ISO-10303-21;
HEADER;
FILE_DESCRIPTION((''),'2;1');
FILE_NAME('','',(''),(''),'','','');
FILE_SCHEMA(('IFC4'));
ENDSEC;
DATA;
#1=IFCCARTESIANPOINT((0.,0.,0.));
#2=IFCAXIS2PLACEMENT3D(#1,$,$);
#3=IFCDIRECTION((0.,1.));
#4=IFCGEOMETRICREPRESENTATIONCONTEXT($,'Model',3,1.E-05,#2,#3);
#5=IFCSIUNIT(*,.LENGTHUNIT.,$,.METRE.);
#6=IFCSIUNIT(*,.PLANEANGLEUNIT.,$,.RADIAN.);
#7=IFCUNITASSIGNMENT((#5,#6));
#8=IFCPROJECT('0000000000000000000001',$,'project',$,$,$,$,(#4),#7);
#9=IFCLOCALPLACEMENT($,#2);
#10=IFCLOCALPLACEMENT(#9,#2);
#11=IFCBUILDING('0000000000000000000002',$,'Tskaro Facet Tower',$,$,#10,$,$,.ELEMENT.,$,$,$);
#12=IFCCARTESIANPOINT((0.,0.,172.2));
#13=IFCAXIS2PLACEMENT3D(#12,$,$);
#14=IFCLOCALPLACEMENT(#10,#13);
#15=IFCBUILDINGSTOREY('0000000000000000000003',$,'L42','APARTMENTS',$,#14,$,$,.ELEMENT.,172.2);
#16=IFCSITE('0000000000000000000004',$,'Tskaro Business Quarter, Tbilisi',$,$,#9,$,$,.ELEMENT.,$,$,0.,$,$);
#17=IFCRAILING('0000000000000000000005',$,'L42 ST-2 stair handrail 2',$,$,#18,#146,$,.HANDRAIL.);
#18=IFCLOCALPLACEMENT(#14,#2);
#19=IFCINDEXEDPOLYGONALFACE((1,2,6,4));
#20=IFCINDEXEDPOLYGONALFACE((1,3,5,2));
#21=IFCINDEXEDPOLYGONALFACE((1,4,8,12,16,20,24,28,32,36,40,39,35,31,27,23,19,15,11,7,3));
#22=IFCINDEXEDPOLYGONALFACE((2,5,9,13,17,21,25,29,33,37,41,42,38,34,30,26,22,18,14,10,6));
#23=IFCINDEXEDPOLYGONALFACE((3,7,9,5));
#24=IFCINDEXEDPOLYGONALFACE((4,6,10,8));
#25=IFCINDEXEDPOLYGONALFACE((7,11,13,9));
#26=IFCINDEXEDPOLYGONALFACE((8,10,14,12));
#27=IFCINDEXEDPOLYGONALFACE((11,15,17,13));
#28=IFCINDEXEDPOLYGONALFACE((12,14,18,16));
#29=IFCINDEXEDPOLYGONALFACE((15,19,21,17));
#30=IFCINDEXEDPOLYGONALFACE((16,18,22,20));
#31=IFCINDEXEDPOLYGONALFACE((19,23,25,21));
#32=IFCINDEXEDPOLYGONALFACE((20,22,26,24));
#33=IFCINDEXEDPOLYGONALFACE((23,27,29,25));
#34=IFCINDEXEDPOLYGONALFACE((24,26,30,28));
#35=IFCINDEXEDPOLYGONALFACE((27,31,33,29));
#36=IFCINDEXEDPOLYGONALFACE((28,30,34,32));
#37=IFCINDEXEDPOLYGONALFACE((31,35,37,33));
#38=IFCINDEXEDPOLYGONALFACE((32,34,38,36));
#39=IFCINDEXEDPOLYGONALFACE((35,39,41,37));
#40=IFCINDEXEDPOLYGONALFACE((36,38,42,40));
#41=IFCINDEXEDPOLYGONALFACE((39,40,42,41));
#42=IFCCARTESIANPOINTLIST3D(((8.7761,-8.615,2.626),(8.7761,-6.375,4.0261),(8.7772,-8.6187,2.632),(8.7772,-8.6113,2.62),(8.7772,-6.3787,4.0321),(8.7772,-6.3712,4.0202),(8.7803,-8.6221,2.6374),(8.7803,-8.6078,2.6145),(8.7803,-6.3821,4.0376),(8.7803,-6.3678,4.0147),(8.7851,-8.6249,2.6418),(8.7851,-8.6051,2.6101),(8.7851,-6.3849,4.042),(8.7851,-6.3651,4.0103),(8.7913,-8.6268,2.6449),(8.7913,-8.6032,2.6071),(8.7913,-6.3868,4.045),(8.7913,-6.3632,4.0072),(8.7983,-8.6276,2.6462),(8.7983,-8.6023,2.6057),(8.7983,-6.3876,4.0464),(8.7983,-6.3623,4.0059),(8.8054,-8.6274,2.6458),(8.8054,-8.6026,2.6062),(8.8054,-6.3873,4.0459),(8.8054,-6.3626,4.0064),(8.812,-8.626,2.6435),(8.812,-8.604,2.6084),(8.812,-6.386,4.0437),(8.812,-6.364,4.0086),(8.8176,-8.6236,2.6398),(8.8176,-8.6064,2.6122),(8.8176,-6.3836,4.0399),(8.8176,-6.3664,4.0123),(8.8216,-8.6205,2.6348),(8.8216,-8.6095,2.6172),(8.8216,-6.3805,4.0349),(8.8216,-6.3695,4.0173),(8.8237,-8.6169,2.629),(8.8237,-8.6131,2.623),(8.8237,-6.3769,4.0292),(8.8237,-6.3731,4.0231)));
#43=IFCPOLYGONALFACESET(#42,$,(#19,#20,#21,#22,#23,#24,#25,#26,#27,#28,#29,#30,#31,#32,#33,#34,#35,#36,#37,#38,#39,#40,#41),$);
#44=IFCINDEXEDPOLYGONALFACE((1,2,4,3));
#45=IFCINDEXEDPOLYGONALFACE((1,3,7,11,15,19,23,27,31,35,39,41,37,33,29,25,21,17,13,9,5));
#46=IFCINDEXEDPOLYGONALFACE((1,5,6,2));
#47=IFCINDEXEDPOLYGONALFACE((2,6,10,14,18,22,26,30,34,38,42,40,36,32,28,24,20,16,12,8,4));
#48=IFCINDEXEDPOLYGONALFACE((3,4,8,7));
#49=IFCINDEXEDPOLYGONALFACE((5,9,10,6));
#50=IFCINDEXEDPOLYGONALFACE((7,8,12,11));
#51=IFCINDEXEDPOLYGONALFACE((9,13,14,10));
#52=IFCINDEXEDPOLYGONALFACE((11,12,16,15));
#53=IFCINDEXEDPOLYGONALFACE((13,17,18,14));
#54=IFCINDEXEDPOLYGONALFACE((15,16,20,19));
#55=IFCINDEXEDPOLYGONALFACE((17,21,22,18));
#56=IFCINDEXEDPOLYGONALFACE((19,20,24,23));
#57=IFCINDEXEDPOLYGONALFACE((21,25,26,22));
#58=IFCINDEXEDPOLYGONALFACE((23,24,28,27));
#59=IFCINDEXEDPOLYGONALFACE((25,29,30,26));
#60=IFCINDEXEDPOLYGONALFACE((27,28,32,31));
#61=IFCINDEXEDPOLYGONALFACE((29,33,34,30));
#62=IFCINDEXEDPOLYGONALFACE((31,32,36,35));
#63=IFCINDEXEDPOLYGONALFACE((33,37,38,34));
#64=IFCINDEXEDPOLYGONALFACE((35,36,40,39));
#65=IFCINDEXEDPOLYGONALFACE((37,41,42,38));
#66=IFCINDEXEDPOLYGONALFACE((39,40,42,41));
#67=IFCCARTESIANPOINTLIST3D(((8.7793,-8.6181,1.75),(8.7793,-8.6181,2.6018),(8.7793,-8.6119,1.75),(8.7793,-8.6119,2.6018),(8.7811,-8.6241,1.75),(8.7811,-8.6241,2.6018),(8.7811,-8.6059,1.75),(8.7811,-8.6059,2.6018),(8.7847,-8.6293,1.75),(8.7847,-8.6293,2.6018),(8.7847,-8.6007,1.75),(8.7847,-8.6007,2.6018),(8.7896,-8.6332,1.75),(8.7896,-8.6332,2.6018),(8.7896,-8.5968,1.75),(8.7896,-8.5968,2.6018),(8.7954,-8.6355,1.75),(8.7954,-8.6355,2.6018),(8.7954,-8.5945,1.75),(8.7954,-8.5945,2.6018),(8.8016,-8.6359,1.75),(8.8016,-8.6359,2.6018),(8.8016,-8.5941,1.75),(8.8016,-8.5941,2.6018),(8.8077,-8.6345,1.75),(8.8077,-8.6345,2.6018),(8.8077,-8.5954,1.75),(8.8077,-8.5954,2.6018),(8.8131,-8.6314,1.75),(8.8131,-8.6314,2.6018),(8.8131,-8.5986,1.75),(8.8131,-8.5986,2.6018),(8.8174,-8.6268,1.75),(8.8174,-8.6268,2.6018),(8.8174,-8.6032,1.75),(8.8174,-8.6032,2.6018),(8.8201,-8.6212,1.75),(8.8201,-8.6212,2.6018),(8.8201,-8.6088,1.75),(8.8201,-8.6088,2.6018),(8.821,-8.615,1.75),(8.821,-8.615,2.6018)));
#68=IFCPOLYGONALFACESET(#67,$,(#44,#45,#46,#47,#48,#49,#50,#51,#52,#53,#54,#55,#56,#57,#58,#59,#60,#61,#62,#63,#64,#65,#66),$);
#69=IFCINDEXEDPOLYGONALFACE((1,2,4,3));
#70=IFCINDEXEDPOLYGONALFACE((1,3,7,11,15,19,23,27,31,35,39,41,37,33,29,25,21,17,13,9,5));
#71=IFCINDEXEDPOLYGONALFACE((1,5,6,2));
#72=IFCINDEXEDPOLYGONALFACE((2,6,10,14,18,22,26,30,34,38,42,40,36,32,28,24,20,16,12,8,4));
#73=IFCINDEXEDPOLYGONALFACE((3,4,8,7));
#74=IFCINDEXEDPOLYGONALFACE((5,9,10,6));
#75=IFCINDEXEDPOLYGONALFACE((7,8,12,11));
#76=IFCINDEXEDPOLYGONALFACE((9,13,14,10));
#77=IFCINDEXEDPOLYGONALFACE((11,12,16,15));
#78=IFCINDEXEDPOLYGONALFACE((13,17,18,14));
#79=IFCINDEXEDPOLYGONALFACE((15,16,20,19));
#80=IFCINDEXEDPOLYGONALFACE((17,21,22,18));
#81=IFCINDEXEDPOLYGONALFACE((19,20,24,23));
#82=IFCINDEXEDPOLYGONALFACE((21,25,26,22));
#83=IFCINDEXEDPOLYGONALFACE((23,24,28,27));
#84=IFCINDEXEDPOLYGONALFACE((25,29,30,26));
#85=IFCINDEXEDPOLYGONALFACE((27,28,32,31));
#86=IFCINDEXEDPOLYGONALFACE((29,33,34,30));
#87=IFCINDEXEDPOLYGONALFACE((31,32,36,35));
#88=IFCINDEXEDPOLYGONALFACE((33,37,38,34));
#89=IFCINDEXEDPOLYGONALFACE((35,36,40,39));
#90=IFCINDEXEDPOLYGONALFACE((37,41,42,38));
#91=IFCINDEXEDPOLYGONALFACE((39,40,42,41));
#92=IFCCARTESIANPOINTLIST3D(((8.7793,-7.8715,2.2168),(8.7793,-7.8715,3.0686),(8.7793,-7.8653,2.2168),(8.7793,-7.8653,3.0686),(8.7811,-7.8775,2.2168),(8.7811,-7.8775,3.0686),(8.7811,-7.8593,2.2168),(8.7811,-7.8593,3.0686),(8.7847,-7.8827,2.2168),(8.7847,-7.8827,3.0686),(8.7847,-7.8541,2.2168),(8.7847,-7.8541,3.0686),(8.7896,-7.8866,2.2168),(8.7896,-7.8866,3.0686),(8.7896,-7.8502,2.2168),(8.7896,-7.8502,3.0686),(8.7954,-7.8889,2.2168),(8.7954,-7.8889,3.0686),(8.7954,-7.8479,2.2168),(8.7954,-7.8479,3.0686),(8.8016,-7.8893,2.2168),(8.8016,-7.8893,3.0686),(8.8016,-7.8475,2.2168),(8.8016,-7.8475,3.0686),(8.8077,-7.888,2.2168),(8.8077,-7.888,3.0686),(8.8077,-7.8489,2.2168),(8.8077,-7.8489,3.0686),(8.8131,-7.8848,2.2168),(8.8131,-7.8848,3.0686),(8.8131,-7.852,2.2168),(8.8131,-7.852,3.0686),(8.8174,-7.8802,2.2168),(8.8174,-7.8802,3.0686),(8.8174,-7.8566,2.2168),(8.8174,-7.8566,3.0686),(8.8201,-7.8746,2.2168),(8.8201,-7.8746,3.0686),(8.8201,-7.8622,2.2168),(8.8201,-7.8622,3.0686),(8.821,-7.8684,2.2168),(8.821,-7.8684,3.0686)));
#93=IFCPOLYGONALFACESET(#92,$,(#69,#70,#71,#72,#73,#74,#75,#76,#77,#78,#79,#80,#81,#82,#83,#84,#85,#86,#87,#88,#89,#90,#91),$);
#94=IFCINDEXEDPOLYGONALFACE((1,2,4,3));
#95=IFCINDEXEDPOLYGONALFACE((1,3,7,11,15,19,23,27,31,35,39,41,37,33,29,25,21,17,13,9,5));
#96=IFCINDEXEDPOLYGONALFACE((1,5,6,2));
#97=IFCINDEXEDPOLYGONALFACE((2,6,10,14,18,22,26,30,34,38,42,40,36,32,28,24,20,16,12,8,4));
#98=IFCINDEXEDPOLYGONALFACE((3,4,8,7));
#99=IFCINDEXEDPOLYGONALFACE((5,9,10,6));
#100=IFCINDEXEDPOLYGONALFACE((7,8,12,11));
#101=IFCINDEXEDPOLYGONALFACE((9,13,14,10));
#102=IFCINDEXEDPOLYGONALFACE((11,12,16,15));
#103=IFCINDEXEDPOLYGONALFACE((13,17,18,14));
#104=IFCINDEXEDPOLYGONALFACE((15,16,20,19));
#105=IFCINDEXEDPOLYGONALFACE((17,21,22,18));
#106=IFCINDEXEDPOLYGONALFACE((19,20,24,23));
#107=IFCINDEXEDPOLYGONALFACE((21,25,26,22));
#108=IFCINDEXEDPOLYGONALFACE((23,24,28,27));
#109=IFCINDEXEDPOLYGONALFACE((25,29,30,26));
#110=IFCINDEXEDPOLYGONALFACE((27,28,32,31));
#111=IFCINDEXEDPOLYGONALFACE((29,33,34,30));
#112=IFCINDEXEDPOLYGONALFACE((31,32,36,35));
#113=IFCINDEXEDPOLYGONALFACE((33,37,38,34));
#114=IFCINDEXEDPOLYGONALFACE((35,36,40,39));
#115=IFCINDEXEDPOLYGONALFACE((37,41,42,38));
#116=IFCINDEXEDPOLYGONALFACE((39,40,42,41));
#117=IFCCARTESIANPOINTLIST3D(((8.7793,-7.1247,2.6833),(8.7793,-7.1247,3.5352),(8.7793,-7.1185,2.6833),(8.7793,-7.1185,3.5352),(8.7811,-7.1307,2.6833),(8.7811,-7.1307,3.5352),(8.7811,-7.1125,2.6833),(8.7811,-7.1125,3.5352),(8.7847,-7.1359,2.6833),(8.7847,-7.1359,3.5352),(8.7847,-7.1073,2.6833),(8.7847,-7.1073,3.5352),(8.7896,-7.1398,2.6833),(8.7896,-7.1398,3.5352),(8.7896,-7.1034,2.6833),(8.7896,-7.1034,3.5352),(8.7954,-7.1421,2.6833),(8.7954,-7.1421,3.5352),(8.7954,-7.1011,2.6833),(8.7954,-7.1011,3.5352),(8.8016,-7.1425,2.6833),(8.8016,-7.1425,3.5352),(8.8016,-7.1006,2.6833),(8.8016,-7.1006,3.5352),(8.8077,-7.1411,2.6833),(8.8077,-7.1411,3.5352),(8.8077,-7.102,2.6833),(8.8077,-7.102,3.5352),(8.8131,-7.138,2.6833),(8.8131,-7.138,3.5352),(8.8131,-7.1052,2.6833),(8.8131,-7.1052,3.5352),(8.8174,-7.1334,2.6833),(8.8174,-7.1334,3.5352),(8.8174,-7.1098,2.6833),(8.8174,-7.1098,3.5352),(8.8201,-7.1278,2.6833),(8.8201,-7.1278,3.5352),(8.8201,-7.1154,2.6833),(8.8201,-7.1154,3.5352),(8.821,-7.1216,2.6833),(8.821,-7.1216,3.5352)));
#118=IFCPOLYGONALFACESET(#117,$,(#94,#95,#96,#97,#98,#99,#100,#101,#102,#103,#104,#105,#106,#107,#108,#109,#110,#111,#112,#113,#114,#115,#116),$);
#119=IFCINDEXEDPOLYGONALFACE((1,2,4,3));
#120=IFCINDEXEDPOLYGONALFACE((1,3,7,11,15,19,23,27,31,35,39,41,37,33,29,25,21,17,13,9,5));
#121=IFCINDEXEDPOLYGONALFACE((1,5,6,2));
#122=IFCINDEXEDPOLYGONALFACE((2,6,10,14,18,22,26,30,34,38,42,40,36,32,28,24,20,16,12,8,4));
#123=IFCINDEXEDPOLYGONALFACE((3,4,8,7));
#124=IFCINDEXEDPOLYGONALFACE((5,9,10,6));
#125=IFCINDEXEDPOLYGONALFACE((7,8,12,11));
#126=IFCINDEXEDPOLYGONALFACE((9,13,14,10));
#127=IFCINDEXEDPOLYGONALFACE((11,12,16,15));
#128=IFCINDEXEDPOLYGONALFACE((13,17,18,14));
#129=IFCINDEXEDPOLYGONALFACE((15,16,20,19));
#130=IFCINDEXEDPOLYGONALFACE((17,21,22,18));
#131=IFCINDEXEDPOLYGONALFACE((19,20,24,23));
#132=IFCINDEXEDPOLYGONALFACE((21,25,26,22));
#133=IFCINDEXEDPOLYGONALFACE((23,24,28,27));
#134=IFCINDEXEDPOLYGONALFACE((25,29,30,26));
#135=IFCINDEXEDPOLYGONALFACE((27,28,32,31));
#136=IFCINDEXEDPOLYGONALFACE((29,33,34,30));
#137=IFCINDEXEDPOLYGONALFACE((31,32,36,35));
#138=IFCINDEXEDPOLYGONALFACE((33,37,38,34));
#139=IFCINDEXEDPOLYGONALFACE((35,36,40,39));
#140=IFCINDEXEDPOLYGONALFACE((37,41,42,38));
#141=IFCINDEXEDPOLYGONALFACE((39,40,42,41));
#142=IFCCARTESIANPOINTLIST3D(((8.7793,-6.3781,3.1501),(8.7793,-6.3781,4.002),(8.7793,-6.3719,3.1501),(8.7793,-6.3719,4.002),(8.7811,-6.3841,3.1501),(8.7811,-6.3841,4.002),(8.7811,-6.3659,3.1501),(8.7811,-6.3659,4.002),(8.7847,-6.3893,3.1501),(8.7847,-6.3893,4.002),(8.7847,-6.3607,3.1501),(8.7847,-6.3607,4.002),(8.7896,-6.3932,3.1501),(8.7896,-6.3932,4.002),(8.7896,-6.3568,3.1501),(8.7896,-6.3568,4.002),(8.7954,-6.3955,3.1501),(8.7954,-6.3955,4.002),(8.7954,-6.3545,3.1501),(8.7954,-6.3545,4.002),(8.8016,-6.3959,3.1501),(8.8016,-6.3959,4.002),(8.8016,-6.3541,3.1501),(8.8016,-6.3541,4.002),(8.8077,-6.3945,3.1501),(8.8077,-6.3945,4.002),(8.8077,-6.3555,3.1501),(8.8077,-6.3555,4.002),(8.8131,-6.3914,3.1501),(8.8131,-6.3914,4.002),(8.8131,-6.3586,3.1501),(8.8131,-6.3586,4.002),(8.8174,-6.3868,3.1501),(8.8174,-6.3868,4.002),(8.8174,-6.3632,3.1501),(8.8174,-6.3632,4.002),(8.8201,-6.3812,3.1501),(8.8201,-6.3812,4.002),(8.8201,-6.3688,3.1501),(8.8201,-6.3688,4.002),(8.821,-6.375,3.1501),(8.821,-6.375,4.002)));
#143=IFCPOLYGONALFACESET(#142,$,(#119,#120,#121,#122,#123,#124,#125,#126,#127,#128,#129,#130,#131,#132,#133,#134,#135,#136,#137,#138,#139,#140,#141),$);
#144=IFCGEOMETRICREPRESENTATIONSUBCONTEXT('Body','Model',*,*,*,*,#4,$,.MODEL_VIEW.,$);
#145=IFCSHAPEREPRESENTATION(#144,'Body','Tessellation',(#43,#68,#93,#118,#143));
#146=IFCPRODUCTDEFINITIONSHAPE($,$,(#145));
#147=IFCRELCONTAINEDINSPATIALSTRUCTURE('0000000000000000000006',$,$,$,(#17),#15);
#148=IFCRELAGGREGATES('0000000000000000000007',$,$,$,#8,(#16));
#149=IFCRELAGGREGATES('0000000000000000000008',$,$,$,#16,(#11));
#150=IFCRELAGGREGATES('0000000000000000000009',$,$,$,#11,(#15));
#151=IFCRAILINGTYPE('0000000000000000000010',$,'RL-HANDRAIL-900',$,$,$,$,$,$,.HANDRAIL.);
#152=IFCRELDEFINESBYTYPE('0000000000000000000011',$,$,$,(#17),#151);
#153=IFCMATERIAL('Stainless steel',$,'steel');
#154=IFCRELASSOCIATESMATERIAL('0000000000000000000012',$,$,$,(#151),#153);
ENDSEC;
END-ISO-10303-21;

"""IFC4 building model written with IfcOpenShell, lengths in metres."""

from ifc_helpers import new_model, si_unit, direction, frame, origin, origin_2d, place, context, subcontext, project, spatial, circle, extrude, material, type_object, element, save


model = new_model("IFC4")

# Units and contexts
model_context = context("Model", 3, precision=1e-05, world=origin(), true_north=direction((0.0, 1.0)))
body_context = subcontext(model_context, "Body", "Model", "MODEL_VIEW")
ifc_project = project(units=[si_unit("LENGTHUNIT", "METRE"), si_unit("PLANEANGLEUNIT", "RADIAN")], contexts=[model_context])

# Site, building, storey
site_placement = place(None, origin())
site = spatial("IfcSite", under=ifc_project, at=site_placement, Name="Tskaro Business Quarter, Tbilisi", CompositionType="ELEMENT", RefElevation=0.0)
building_placement = place(site_placement, origin())
building = spatial("IfcBuilding", under=site, at=building_placement, Name="Tskaro Facet Tower", CompositionType="ELEMENT")
storey_placement = place(building_placement, frame((0.0, 0.0, 172.2)))
storey = spatial("IfcBuildingStorey", under=building, at=storey_placement, Name="L42", Description="APARTMENTS", CompositionType="ELEMENT", Elevation=172.2)

# Shared definitions
ifc_material_1 = material(Name="Stainless steel", Category="steel")

# Railing
railing_type_1 = type_object("IfcRailingType", Name="RL-HANDRAIL-900", PredefinedType="HANDRAIL", material=ifc_material_1)
railing_1_placement = place(storey_placement, frame((8.8, -8.615, 1.75)))
element("IfcRailing", 1, at=railing_1_placement, inside=storey, type_object=railing_type_1, Name="L42 ST-2 stair handrail 2", PredefinedType="HANDRAIL", context=body_context, shape_type="SweptSolid", body=[
    extrude(circle(Radius=0.0239, at=origin_2d()), frame((0.0, 0.0, 0.876), z_axis=(0.0, 0.847972, 0.53004), x_axis=(-1.0, 0.0, 0.0)), (0.0, 0.0, 1.0), 2.6416),
    extrude(circle(Radius=0.021, at=origin_2d()), origin(), (0.0, 0.0, 1.0), 0.8518),
    extrude(circle(Radius=0.021, at=origin_2d()), frame((0.0, 0.7466, 0.4668)), (0.0, 0.0, 1.0), 0.8518),
    extrude(circle(Radius=0.021, at=origin_2d()), frame((0.0, 1.4934, 0.9333)), (0.0, 0.0, 1.0), 0.8518),
    extrude(circle(Radius=0.021, at=origin_2d()), frame((0.0, 2.24, 1.4001)), (0.0, 0.0, 1.0), 0.8518),
])

save(model, "model.ifc")
